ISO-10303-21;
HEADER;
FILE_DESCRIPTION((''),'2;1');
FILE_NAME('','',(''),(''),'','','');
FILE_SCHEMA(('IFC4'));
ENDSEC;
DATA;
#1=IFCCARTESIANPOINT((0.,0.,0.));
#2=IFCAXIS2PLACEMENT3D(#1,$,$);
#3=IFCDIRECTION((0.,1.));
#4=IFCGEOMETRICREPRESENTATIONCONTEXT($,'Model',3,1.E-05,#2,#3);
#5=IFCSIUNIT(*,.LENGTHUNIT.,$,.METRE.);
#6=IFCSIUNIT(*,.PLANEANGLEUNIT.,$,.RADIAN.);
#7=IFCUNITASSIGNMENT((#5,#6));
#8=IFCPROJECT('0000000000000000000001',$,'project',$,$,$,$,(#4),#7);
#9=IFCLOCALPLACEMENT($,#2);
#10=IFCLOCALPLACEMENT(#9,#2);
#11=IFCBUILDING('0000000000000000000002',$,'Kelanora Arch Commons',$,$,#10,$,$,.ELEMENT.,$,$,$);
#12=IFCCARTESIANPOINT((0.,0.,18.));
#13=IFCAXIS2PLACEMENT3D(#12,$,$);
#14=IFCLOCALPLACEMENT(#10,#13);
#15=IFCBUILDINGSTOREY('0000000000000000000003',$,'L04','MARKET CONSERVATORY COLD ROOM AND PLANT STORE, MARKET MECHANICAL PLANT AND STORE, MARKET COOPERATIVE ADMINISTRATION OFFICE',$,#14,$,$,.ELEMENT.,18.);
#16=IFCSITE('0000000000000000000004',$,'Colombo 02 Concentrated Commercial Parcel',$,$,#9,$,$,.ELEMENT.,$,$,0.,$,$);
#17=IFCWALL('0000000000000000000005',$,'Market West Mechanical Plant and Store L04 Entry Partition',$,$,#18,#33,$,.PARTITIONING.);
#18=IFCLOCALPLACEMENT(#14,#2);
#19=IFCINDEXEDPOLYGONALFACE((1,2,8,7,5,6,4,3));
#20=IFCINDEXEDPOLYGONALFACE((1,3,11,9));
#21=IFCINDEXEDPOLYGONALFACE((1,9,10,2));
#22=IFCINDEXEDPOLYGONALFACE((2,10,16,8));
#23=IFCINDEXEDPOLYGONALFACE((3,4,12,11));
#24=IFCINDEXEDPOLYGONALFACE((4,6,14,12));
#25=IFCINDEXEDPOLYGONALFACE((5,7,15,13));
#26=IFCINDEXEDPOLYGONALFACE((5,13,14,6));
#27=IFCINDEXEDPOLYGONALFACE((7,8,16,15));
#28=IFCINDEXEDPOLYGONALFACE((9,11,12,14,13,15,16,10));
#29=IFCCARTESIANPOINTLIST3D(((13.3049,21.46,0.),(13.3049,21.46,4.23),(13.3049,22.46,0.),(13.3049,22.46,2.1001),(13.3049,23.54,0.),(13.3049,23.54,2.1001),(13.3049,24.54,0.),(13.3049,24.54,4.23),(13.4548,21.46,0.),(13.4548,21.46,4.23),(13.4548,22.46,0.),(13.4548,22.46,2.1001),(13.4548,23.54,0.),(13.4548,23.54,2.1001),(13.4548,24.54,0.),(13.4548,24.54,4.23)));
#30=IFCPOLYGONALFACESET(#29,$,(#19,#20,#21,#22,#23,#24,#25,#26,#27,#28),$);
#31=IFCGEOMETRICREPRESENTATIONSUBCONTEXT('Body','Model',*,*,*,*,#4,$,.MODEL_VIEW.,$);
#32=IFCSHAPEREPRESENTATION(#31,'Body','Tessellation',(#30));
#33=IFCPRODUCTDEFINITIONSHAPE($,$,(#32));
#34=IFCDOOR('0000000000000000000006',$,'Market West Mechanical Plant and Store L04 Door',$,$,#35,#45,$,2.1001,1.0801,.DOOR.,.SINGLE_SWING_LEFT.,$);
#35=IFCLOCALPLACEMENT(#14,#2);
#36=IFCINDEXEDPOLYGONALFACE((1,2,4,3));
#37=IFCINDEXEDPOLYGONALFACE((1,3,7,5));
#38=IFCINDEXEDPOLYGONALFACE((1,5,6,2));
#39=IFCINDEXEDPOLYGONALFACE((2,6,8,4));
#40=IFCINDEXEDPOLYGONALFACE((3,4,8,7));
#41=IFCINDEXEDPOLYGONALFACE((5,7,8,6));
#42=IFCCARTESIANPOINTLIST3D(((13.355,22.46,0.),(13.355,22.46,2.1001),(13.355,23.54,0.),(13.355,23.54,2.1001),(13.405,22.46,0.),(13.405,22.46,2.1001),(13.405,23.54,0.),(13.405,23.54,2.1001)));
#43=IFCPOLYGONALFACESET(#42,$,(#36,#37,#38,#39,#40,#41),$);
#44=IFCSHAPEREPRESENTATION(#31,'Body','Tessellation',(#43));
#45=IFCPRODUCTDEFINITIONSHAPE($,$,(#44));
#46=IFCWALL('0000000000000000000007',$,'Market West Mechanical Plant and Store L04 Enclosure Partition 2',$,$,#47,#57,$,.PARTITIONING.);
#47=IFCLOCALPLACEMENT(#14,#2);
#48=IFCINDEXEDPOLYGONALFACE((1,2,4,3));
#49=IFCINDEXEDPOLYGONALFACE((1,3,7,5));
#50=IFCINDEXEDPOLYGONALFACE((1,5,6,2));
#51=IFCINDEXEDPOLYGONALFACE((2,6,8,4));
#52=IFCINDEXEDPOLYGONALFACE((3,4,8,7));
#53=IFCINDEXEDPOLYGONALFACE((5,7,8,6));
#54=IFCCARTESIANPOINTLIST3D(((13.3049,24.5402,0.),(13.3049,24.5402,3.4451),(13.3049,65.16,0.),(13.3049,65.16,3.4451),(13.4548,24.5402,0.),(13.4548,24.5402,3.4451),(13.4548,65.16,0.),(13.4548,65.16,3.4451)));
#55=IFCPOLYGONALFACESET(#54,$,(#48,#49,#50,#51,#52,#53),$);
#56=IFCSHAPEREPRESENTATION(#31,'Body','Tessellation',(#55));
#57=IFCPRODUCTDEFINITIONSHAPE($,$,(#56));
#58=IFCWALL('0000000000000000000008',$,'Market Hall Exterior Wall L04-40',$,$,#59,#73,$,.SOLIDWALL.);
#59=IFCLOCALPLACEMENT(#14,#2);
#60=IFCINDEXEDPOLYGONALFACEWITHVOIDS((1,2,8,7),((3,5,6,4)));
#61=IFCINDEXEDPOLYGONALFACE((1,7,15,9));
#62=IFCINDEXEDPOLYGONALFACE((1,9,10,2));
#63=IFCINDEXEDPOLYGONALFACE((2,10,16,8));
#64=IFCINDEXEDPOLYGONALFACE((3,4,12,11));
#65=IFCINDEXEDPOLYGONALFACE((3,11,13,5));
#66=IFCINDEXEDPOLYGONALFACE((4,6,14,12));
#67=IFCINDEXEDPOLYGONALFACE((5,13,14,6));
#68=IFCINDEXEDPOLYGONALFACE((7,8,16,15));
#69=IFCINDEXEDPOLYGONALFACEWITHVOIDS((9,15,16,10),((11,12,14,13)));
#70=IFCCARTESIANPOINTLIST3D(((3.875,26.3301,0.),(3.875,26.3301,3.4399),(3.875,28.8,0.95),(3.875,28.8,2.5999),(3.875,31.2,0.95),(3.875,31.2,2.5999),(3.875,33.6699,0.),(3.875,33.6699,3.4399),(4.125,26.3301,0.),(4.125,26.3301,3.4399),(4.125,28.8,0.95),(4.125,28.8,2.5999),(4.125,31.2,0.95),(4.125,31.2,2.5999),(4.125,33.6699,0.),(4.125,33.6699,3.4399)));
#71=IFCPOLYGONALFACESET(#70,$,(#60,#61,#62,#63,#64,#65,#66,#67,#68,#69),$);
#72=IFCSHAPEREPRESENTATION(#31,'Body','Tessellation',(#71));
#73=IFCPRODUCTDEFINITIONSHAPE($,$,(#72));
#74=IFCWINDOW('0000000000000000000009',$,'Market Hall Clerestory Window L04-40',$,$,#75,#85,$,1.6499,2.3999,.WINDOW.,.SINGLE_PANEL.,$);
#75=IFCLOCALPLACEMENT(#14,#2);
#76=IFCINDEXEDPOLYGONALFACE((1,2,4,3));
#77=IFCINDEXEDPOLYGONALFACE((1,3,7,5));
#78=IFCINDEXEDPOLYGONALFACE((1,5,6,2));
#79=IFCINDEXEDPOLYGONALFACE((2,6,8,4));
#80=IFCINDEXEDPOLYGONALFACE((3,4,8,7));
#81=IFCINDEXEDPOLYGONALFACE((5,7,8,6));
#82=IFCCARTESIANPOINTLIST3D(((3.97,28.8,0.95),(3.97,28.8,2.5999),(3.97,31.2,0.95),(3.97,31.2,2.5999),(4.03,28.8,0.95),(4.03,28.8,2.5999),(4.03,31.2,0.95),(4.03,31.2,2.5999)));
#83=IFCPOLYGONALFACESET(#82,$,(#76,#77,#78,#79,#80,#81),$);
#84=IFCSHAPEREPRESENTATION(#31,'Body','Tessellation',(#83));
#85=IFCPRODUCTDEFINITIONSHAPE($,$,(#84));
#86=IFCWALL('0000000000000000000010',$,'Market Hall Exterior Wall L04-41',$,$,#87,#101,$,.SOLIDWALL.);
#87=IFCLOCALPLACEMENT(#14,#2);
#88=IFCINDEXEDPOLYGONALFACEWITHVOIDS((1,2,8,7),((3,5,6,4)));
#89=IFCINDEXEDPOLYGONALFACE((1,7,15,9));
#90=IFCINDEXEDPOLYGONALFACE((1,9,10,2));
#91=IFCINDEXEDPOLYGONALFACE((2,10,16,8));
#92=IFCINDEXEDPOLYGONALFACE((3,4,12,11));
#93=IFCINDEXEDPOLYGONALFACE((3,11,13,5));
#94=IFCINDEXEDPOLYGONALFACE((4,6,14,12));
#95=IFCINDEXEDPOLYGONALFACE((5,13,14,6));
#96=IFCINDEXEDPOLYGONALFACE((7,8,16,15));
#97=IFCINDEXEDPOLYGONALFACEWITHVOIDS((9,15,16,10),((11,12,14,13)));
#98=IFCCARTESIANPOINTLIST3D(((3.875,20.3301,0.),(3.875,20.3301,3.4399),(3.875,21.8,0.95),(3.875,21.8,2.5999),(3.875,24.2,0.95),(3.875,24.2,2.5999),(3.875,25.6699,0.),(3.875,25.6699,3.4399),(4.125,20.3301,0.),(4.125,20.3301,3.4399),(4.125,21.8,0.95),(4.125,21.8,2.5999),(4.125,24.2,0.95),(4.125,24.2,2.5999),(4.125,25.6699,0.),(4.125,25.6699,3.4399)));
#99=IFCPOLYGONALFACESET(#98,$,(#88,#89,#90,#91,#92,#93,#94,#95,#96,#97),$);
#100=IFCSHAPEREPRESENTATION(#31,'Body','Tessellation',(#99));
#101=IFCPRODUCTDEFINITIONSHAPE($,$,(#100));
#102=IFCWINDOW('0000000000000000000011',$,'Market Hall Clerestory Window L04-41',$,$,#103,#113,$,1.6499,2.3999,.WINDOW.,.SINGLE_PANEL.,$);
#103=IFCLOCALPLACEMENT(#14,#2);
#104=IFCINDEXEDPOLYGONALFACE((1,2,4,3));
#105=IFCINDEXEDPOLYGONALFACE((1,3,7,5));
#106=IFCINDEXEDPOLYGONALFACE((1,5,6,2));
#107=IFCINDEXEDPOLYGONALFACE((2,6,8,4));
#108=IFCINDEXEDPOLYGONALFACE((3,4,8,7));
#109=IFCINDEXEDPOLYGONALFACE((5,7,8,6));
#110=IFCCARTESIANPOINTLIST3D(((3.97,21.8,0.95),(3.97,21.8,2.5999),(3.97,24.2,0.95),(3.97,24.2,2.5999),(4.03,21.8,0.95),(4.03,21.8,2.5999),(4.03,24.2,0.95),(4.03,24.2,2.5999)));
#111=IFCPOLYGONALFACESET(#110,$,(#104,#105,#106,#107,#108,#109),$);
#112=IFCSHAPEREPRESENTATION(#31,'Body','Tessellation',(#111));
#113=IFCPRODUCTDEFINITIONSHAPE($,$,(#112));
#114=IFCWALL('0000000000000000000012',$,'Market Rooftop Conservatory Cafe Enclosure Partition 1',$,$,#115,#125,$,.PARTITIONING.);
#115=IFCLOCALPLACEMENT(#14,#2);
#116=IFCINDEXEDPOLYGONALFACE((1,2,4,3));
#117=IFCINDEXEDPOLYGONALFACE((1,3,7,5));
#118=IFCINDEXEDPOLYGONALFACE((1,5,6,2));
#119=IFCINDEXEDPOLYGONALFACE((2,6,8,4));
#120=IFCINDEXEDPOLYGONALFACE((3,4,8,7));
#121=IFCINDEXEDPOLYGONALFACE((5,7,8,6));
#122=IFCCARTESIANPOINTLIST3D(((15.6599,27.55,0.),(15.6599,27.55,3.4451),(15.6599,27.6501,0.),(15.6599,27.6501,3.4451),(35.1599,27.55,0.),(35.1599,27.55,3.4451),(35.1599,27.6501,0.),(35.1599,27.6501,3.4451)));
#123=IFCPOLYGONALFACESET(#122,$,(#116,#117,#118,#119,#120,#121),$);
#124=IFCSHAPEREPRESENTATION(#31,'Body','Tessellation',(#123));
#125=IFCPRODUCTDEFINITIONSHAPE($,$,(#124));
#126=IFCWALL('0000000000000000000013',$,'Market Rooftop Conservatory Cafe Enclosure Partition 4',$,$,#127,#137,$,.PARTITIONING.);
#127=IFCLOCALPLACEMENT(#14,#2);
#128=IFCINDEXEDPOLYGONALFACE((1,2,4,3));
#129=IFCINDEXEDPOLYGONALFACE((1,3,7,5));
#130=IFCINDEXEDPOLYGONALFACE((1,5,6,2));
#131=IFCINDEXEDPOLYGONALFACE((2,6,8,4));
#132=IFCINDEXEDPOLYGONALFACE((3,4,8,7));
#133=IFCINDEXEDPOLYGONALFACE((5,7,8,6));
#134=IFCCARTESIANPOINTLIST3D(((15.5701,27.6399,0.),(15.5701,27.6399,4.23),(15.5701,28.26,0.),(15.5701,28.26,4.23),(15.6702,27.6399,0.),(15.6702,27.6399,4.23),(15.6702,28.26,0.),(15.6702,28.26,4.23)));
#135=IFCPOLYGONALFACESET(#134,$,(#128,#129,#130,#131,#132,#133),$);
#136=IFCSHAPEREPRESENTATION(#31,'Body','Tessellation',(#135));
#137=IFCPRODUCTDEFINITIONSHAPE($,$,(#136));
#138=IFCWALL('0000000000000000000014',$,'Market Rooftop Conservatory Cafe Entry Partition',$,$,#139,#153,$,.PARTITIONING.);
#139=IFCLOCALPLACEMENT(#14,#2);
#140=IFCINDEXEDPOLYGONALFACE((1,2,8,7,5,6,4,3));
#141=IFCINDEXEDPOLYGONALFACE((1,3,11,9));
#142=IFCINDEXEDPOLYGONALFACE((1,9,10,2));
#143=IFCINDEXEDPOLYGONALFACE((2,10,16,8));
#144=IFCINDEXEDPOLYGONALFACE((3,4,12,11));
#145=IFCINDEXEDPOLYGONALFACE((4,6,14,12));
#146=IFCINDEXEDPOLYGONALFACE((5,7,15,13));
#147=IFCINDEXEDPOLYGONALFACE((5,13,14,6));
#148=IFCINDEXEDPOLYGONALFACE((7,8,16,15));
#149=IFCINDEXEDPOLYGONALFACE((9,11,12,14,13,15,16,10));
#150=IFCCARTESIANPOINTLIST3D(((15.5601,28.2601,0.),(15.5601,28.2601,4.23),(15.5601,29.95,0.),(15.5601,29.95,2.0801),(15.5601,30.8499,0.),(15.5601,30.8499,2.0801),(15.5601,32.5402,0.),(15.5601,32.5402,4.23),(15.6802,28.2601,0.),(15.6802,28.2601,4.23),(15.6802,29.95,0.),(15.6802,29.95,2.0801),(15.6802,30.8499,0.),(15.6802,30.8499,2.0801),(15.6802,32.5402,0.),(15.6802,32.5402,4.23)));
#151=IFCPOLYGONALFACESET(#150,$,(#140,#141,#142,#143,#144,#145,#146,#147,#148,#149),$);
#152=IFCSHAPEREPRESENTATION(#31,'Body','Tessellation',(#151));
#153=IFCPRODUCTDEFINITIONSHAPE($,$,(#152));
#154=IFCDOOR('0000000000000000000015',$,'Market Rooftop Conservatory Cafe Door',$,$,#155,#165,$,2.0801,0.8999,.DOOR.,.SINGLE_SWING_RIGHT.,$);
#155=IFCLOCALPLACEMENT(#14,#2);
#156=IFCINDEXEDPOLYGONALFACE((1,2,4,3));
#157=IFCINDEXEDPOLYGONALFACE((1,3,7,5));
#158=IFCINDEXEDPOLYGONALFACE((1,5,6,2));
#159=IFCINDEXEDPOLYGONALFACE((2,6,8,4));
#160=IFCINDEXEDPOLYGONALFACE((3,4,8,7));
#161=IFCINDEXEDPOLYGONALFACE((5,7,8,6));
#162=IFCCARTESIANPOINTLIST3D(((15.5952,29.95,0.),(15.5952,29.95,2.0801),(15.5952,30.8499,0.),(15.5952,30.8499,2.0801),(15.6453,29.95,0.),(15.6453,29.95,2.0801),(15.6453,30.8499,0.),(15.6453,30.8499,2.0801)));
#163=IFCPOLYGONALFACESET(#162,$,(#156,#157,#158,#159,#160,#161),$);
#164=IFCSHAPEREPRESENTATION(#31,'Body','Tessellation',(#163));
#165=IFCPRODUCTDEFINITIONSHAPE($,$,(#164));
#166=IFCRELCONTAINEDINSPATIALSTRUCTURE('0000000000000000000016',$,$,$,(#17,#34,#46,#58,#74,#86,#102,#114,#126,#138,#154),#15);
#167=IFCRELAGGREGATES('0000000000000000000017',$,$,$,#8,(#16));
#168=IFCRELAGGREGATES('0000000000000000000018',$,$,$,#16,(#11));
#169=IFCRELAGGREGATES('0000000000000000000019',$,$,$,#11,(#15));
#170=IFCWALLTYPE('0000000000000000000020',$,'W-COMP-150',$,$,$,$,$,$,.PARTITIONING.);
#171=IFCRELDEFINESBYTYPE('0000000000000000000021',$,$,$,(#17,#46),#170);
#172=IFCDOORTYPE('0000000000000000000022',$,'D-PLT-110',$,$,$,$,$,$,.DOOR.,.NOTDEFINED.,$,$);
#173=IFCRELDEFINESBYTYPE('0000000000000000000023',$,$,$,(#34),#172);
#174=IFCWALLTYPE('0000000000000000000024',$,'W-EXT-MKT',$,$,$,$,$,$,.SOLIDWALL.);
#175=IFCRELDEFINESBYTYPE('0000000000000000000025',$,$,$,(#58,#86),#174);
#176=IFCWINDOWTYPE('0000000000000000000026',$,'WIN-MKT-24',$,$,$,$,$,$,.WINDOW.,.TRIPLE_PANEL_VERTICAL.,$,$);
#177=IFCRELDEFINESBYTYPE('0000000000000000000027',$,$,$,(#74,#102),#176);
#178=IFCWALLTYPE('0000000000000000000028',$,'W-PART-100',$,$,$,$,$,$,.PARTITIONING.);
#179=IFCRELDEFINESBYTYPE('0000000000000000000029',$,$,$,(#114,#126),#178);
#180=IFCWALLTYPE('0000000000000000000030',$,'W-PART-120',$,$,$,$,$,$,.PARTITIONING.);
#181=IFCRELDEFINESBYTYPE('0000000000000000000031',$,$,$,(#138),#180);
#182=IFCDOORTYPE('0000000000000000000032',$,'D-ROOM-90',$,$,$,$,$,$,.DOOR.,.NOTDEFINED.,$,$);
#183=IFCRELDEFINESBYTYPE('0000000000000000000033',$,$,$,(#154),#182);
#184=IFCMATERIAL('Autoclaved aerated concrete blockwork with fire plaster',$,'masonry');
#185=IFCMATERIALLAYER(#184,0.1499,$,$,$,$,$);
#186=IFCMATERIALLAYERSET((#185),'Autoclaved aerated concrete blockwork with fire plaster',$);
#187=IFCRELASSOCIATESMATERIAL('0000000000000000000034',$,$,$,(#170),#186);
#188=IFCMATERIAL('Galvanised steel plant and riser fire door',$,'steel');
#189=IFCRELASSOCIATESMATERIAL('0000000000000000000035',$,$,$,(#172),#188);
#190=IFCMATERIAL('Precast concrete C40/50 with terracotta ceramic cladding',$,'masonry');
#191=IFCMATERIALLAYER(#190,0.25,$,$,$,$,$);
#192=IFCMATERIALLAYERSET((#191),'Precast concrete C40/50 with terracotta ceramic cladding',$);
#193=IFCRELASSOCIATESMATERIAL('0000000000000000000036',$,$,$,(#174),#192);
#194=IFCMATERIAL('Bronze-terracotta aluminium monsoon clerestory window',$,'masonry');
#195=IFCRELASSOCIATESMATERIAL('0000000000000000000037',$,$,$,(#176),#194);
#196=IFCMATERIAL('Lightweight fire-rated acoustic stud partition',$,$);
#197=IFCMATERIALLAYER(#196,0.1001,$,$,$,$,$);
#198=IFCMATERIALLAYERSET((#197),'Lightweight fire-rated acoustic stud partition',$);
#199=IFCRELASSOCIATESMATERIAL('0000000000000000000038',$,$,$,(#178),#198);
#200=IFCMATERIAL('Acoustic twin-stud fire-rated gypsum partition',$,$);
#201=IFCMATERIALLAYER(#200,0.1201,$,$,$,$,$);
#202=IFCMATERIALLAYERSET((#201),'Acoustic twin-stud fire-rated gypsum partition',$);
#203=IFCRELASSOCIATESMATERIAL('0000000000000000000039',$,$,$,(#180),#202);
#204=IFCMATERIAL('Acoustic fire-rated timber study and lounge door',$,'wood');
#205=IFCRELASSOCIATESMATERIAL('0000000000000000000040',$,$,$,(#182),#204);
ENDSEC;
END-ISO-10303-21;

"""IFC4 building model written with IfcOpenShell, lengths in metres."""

from ifc_helpers import new_model, si_unit, direction, frame, frame_2d, origin, place, context, subcontext, project, spatial, rectangle, extrude, material, layer, layer_set, type_object, element, fill, save


model = new_model("IFC4")

# Units and contexts
model_context = context("Model", 3, precision=1e-05, world=origin(), true_north=direction((0.0, 1.0)))
body_context = subcontext(model_context, "Body", "Model", "MODEL_VIEW")
ifc_project = project(units=[si_unit("LENGTHUNIT", "METRE"), si_unit("PLANEANGLEUNIT", "RADIAN")], contexts=[model_context])

# Site, building, storey
site_placement = place(None, origin())
site = spatial("IfcSite", under=ifc_project, at=site_placement, Name="Colombo 02 Concentrated Commercial Parcel", CompositionType="ELEMENT", RefElevation=0.0)
building_placement = place(site_placement, origin())
building = spatial("IfcBuilding", under=site, at=building_placement, Name="Kelanora Arch Commons", CompositionType="ELEMENT")
storey_placement = place(building_placement, frame((0.0, 0.0, 18.0)))
storey = spatial("IfcBuildingStorey", under=building, at=storey_placement, Name="L04", Description="MARKET CONSERVATORY COLD ROOM AND PLANT STORE, MARKET MECHANICAL PLANT AND STORE, MARKET COOPERATIVE ADMINISTRATION OFFICE", CompositionType="ELEMENT", Elevation=18.0)

# Wall, opening, door
ifc_material_1 = material(Name="Autoclaved aerated concrete blockwork with fire plaster", Category="masonry")
ifc_layer_1 = layer(ifc_material_1, 0.1499)
ifc_layer_set_1 = layer_set([ifc_layer_1], Name="Autoclaved aerated concrete blockwork with fire plaster")
wall_type_1 = type_object("IfcWallType", Name="W-COMP-150", PredefinedType="PARTITIONING", material=ifc_layer_set_1)
wall_1_placement = place(storey_placement, frame((13.3799, 21.46, 0.0), z_axis=(0.0, 0.0, 1.0), x_axis=(0.0, 1.0, 0.0)))
wall_1 = element("IfcWall", 1, at=wall_1_placement, inside=storey, type_object=wall_type_1, Name="Market West Mechanical Plant and Store L04 Entry Partition", PredefinedType="PARTITIONING", context=body_context, shape_type="SweptSolid", body=[
    extrude(rectangle(XDim=3.0801, YDim=0.1499, at=frame_2d((1.54, 0.0))), origin(), (0.0, 0.0, 1.0), 4.23),
])
opening_1_placement = place(wall_1_placement, frame((1.0, 0.0, 0.0)))
opening_1 = element("IfcOpeningElement", 2, at=opening_1_placement, cuts=wall_1, PredefinedType="OPENING", context=body_context, shape_type="SweptSolid", body=[
    extrude(rectangle(XDim=1.0801, YDim=2.1001, at=frame_2d((0.54, 1.05))), frame((0.0, 0.085, 0.0), z_axis=(0.0, -1.0, 0.0), x_axis=(1.0, 0.0, 0.0)), (0.0, 0.0, 1.0), 0.1699),
])
ifc_material_2 = material(Name="Galvanised steel plant and riser fire door", Category="steel")
door_type_1 = type_object("IfcDoorType", Name="D-PLT-110", OperationType="NOTDEFINED", PredefinedType="DOOR", material=ifc_material_2)
door_1_placement = place(opening_1_placement, origin())
door_1 = element("IfcDoor", 3, at=door_1_placement, inside=storey, type_object=door_type_1, Name="Market West Mechanical Plant and Store L04 Door", OperationType="SINGLE_SWING_LEFT", OverallHeight=2.1001, OverallWidth=1.0801, PredefinedType="DOOR", context=body_context, shape_type="SweptSolid", body=[
    extrude(rectangle(XDim=1.0801, YDim=2.1001, at=frame_2d((0.54, 1.05))), frame((0.0, 0.0249, 0.0), z_axis=(0.0, -1.0, 0.0), x_axis=(1.0, 0.0, 0.0)), (0.0, 0.0, 1.0), 0.05),
])
fill(opening_1, door_1)

# Wall
wall_2_placement = place(storey_placement, frame((13.3799, 24.54, 0.0), z_axis=(0.0, 0.0, 1.0), x_axis=(0.0, 1.0, 0.0)))
element("IfcWall", 4, at=wall_2_placement, inside=storey, type_object=wall_type_1, Name="Market West Mechanical Plant and Store L04 Enclosure Partition 2", PredefinedType="PARTITIONING", context=body_context, shape_type="SweptSolid", body=[
    extrude(rectangle(XDim=40.6199, YDim=0.1499, at=frame_2d((20.3101, 0.0))), origin(), (0.0, 0.0, 1.0), 3.4451),
])

# Walls, openings, windows
ifc_material_3 = material(Name="Precast concrete C40/50 with terracotta ceramic cladding", Category="masonry")
ifc_layer_2 = layer(ifc_material_3, 0.25)
ifc_layer_set_2 = layer_set([ifc_layer_2], Name="Precast concrete C40/50 with terracotta ceramic cladding")
wall_type_2 = type_object("IfcWallType", Name="W-EXT-MKT", PredefinedType="SOLIDWALL", material=ifc_layer_set_2)
wall_3_placement = place(storey_placement, frame((4.0, 33.6699, 0.0), z_axis=(0.0, 0.0, 1.0), x_axis=(0.0, -1.0, 0.0)))
wall_3 = element("IfcWall", 5, at=wall_3_placement, inside=storey, type_object=wall_type_2, Name="Market Hall Exterior Wall L04-40", PredefinedType="SOLIDWALL", context=body_context, shape_type="SweptSolid", body=[
    extrude(rectangle(XDim=7.3398, YDim=0.25, at=frame_2d((3.6699, 0.0))), origin(), (0.0, 0.0, 1.0), 3.4399),
])
opening_2_placement = place(wall_3_placement, frame((2.47, 0.0, 0.95)))
opening_2 = element("IfcOpeningElement", 6, at=opening_2_placement, cuts=wall_3, PredefinedType="OPENING", context=body_context, shape_type="SweptSolid", body=[
    extrude(rectangle(XDim=2.3999, YDim=1.6499, at=frame_2d((1.2, 0.825))), frame((0.0, 0.135, 0.0), z_axis=(0.0, -1.0, 0.0), x_axis=(1.0, 0.0, 0.0)), (0.0, 0.0, 1.0), 0.27),
])
ifc_material_4 = material(Name="Bronze-terracotta aluminium monsoon clerestory window", Category="masonry")
window_type = type_object("IfcWindowType", Name="WIN-MKT-24", PartitioningType="TRIPLE_PANEL_VERTICAL", PredefinedType="WINDOW", material=ifc_material_4)
window_1_placement = place(opening_2_placement, origin())
window_1 = element("IfcWindow", 7, at=window_1_placement, inside=storey, type_object=window_type, Name="Market Hall Clerestory Window L04-40", OverallHeight=1.6499, OverallWidth=2.3999, PartitioningType="SINGLE_PANEL", PredefinedType="WINDOW", context=body_context, shape_type="SweptSolid", body=[
    extrude(rectangle(XDim=2.3999, YDim=1.6499, at=frame_2d((1.2, 0.825))), frame((0.0, 0.03, 0.0), z_axis=(0.0, -1.0, 0.0), x_axis=(1.0, 0.0, 0.0)), (0.0, 0.0, 1.0), 0.0601),
])
fill(opening_2, window_1)
wall_4_placement = place(storey_placement, frame((4.0, 25.6699, 0.0), z_axis=(0.0, 0.0, 1.0), x_axis=(0.0, -1.0, 0.0)))
wall_4 = element("IfcWall", 8, at=wall_4_placement, inside=storey, type_object=wall_type_2, Name="Market Hall Exterior Wall L04-41", PredefinedType="SOLIDWALL", context=body_context, shape_type="SweptSolid", body=[
    extrude(rectangle(XDim=5.3398, YDim=0.25, at=frame_2d((2.6699, 0.0))), origin(), (0.0, 0.0, 1.0), 3.4399),
])
opening_3_placement = place(wall_4_placement, frame((1.47, 0.0, 0.95)))
opening_3 = element("IfcOpeningElement", 9, at=opening_3_placement, cuts=wall_4, PredefinedType="OPENING", context=body_context, shape_type="SweptSolid", body=[
    extrude(rectangle(XDim=2.3999, YDim=1.6499, at=frame_2d((1.2, 0.825))), frame((0.0, 0.135, 0.0), z_axis=(0.0, -1.0, 0.0), x_axis=(1.0, 0.0, 0.0)), (0.0, 0.0, 1.0), 0.27),
])
window_2_placement = place(opening_3_placement, origin())
window_2 = element("IfcWindow", 10, at=window_2_placement, inside=storey, type_object=window_type, Name="Market Hall Clerestory Window L04-41", OverallHeight=1.6499, OverallWidth=2.3999, PartitioningType="SINGLE_PANEL", PredefinedType="WINDOW", context=body_context, shape_type="SweptSolid", body=[
    extrude(rectangle(XDim=2.3999, YDim=1.6499, at=frame_2d((1.2, 0.825))), frame((0.0, 0.03, 0.0), z_axis=(0.0, -1.0, 0.0), x_axis=(1.0, 0.0, 0.0)), (0.0, 0.0, 1.0), 0.0601),
])
fill(opening_3, window_2)

# Walls
ifc_material_5 = material(Name="Lightweight fire-rated acoustic stud partition")
ifc_layer_3 = layer(ifc_material_5, 0.1001)
ifc_layer_set_3 = layer_set([ifc_layer_3], Name="Lightweight fire-rated acoustic stud partition")
wall_type_3 = type_object("IfcWallType", Name="W-PART-100", PredefinedType="PARTITIONING", material=ifc_layer_set_3)
wall_5_placement = place(storey_placement, frame((15.6599, 27.6001, 0.0), z_axis=(0.0, 0.0, 1.0), x_axis=(1.0, 0.0, 0.0)))
element("IfcWall", 11, at=wall_5_placement, inside=storey, type_object=wall_type_3, Name="Market Rooftop Conservatory Cafe Enclosure Partition 1", PredefinedType="PARTITIONING", context=body_context, shape_type="SweptSolid", body=[
    extrude(rectangle(XDim=19.5, YDim=0.1001, at=frame_2d((9.75, 0.0))), origin(), (0.0, 0.0, 1.0), 3.4451),
])
wall_6_placement = place(storey_placement, frame((15.6201, 28.26, 0.0), z_axis=(0.0, 0.0, 1.0), x_axis=(0.0, -1.0, 0.0)))
element("IfcWall", 12, at=wall_6_placement, inside=storey, type_object=wall_type_3, Name="Market Rooftop Conservatory Cafe Enclosure Partition 4", PredefinedType="PARTITIONING", context=body_context, shape_type="SweptSolid", body=[
    extrude(rectangle(XDim=0.6201, YDim=0.1001, at=frame_2d((0.3101, 0.0))), origin(), (0.0, 0.0, 1.0), 4.23),
])

# Wall, opening, door
ifc_material_6 = material(Name="Acoustic twin-stud fire-rated gypsum partition")
ifc_layer_4 = layer(ifc_material_6, 0.1201)
ifc_layer_set_4 = layer_set([ifc_layer_4], Name="Acoustic twin-stud fire-rated gypsum partition")
wall_type_4 = type_object("IfcWallType", Name="W-PART-120", PredefinedType="PARTITIONING", material=ifc_layer_set_4)
wall_7_placement = place(storey_placement, frame((15.6201, 28.26, 0.0), z_axis=(0.0, 0.0, 1.0), x_axis=(0.0, 1.0, 0.0)))
wall_7 = element("IfcWall", 13, at=wall_7_placement, inside=storey, type_object=wall_type_4, Name="Market Rooftop Conservatory Cafe Entry Partition", PredefinedType="PARTITIONING", context=body_context, shape_type="SweptSolid", body=[
    extrude(rectangle(XDim=4.28, YDim=0.1201, at=frame_2d((2.1401, 0.0))), origin(), (0.0, 0.0, 1.0), 4.23),
])
opening_4_placement = place(wall_7_placement, frame((1.6899, 0.0, 0.0)))
opening_4 = element("IfcOpeningElement", 14, at=opening_4_placement, cuts=wall_7, PredefinedType="OPENING", context=body_context, shape_type="SweptSolid", body=[
    extrude(rectangle(XDim=0.8999, YDim=2.0801, at=frame_2d((0.45, 1.04))), frame((0.0, 0.0701, 0.0), z_axis=(0.0, -1.0, 0.0), x_axis=(1.0, 0.0, 0.0)), (0.0, 0.0, 1.0), 0.1401),
])
ifc_material_7 = material(Name="Acoustic fire-rated timber study and lounge door", Category="wood")
door_type_2 = type_object("IfcDoorType", Name="D-ROOM-90", OperationType="NOTDEFINED", PredefinedType="DOOR", material=ifc_material_7)
door_2_placement = place(opening_4_placement, origin())
door_2 = element("IfcDoor", 15, at=door_2_placement, inside=storey, type_object=door_type_2, Name="Market Rooftop Conservatory Cafe Door", OperationType="SINGLE_SWING_RIGHT", OverallHeight=2.0801, OverallWidth=0.8999, PredefinedType="DOOR", context=body_context, shape_type="SweptSolid", body=[
    extrude(rectangle(XDim=0.8999, YDim=2.0801, at=frame_2d((0.45, 1.04))), frame((0.0, 0.0249, 0.0), z_axis=(0.0, -1.0, 0.0), x_axis=(1.0, 0.0, 0.0)), (0.0, 0.0, 1.0), 0.05),
])
fill(opening_4, door_2)

save(model, "model.ifc")
